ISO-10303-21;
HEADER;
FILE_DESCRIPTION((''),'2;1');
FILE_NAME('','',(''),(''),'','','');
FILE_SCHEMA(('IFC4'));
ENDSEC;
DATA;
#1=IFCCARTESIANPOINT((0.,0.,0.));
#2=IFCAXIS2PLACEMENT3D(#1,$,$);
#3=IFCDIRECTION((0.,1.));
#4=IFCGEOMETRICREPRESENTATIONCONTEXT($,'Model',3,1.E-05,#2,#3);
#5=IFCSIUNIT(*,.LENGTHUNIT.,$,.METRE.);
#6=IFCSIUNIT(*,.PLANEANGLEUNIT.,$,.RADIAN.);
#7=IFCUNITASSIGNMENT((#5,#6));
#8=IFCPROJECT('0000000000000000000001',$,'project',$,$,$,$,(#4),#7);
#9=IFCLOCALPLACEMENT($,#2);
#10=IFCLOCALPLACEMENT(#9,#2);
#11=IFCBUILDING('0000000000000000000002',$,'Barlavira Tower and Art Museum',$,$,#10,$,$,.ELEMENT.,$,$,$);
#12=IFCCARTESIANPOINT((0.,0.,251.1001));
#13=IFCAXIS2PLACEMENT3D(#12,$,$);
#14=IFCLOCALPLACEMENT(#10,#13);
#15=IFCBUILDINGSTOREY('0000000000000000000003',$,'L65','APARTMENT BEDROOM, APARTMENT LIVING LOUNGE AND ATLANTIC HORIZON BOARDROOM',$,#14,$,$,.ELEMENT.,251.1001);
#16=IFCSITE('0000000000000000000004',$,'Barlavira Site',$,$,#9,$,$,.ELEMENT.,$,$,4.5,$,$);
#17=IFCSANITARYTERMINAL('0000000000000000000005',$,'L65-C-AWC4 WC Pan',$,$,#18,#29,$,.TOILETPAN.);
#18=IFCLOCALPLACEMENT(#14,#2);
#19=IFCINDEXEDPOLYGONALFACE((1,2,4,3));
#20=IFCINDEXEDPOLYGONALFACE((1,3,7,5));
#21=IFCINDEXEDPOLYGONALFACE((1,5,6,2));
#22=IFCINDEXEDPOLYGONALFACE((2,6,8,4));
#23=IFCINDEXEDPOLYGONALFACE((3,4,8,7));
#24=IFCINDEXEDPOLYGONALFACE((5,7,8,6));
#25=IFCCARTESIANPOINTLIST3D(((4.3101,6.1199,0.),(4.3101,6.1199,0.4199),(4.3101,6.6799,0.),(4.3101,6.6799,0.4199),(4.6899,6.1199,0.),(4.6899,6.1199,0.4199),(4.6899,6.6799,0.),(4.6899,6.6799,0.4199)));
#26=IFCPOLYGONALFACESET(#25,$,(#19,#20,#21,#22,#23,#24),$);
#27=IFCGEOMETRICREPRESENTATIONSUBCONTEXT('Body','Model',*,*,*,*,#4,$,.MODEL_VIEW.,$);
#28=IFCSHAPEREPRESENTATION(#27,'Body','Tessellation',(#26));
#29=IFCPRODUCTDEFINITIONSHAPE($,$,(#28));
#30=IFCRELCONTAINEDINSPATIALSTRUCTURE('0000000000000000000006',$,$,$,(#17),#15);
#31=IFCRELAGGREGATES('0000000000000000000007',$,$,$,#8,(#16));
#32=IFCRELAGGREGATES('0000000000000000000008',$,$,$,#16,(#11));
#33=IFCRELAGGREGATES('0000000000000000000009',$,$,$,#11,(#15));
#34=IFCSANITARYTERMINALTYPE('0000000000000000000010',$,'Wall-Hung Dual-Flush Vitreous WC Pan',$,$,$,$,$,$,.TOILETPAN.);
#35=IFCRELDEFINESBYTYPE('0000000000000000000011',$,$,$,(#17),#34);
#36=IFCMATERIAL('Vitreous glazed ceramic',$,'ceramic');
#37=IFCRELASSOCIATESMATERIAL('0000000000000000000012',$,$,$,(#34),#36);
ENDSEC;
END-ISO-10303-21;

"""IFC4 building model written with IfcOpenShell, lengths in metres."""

from ifc_helpers import new_model, si_unit, direction, frame, origin, origin_2d, place, context, subcontext, project, spatial, rectangle, extrude, material, type_object, element, save


model = new_model("IFC4")

# Units and contexts
model_context = context("Model", 3, precision=1e-05, world=origin(), true_north=direction((0.0, 1.0)))
body_context = subcontext(model_context, "Body", "Model", "MODEL_VIEW")
ifc_project = project(units=[si_unit("LENGTHUNIT", "METRE"), si_unit("PLANEANGLEUNIT", "RADIAN")], contexts=[model_context])

# Site, building, storey
site_placement = place(None, origin())
site = spatial("IfcSite", under=ifc_project, at=site_placement, Name="Barlavira Site", CompositionType="ELEMENT", RefElevation=4.5)
building_placement = place(site_placement, origin())
building = spatial("IfcBuilding", under=site, at=building_placement, Name="Barlavira Tower and Art Museum", CompositionType="ELEMENT")
storey_placement = place(building_placement, frame((0.0, 0.0, 251.1001)))
storey = spatial("IfcBuildingStorey", under=building, at=storey_placement, Name="L65", Description="APARTMENT BEDROOM, APARTMENT LIVING LOUNGE AND ATLANTIC HORIZON BOARDROOM", CompositionType="ELEMENT", Elevation=251.1001)

# Sanitary terminal
ifc_material_1 = material(Name="Vitreous glazed ceramic", Category="ceramic")
sanitary_terminal_type_1 = type_object("IfcSanitaryTerminalType", Name="Wall-Hung Dual-Flush Vitreous WC Pan", PredefinedType="TOILETPAN", material=ifc_material_1)
sanitary_terminal_1_placement = place(storey_placement, frame((4.5, 6.3999, 0.0), z_axis=(0.0, 0.0, 1.0), x_axis=(1.0, 0.0, 0.0)))
element("IfcSanitaryTerminal", 1, at=sanitary_terminal_1_placement, inside=storey, type_object=sanitary_terminal_type_1, Name="L65-C-AWC4 WC Pan", PredefinedType="TOILETPAN", context=body_context, shape_type="SweptSolid", body=[
    extrude(rectangle(XDim=0.3799, YDim=0.5601, at=origin_2d()), origin(), (0.0, 0.0, 1.0), 0.4199),
])

save(model, "model.ifc")
